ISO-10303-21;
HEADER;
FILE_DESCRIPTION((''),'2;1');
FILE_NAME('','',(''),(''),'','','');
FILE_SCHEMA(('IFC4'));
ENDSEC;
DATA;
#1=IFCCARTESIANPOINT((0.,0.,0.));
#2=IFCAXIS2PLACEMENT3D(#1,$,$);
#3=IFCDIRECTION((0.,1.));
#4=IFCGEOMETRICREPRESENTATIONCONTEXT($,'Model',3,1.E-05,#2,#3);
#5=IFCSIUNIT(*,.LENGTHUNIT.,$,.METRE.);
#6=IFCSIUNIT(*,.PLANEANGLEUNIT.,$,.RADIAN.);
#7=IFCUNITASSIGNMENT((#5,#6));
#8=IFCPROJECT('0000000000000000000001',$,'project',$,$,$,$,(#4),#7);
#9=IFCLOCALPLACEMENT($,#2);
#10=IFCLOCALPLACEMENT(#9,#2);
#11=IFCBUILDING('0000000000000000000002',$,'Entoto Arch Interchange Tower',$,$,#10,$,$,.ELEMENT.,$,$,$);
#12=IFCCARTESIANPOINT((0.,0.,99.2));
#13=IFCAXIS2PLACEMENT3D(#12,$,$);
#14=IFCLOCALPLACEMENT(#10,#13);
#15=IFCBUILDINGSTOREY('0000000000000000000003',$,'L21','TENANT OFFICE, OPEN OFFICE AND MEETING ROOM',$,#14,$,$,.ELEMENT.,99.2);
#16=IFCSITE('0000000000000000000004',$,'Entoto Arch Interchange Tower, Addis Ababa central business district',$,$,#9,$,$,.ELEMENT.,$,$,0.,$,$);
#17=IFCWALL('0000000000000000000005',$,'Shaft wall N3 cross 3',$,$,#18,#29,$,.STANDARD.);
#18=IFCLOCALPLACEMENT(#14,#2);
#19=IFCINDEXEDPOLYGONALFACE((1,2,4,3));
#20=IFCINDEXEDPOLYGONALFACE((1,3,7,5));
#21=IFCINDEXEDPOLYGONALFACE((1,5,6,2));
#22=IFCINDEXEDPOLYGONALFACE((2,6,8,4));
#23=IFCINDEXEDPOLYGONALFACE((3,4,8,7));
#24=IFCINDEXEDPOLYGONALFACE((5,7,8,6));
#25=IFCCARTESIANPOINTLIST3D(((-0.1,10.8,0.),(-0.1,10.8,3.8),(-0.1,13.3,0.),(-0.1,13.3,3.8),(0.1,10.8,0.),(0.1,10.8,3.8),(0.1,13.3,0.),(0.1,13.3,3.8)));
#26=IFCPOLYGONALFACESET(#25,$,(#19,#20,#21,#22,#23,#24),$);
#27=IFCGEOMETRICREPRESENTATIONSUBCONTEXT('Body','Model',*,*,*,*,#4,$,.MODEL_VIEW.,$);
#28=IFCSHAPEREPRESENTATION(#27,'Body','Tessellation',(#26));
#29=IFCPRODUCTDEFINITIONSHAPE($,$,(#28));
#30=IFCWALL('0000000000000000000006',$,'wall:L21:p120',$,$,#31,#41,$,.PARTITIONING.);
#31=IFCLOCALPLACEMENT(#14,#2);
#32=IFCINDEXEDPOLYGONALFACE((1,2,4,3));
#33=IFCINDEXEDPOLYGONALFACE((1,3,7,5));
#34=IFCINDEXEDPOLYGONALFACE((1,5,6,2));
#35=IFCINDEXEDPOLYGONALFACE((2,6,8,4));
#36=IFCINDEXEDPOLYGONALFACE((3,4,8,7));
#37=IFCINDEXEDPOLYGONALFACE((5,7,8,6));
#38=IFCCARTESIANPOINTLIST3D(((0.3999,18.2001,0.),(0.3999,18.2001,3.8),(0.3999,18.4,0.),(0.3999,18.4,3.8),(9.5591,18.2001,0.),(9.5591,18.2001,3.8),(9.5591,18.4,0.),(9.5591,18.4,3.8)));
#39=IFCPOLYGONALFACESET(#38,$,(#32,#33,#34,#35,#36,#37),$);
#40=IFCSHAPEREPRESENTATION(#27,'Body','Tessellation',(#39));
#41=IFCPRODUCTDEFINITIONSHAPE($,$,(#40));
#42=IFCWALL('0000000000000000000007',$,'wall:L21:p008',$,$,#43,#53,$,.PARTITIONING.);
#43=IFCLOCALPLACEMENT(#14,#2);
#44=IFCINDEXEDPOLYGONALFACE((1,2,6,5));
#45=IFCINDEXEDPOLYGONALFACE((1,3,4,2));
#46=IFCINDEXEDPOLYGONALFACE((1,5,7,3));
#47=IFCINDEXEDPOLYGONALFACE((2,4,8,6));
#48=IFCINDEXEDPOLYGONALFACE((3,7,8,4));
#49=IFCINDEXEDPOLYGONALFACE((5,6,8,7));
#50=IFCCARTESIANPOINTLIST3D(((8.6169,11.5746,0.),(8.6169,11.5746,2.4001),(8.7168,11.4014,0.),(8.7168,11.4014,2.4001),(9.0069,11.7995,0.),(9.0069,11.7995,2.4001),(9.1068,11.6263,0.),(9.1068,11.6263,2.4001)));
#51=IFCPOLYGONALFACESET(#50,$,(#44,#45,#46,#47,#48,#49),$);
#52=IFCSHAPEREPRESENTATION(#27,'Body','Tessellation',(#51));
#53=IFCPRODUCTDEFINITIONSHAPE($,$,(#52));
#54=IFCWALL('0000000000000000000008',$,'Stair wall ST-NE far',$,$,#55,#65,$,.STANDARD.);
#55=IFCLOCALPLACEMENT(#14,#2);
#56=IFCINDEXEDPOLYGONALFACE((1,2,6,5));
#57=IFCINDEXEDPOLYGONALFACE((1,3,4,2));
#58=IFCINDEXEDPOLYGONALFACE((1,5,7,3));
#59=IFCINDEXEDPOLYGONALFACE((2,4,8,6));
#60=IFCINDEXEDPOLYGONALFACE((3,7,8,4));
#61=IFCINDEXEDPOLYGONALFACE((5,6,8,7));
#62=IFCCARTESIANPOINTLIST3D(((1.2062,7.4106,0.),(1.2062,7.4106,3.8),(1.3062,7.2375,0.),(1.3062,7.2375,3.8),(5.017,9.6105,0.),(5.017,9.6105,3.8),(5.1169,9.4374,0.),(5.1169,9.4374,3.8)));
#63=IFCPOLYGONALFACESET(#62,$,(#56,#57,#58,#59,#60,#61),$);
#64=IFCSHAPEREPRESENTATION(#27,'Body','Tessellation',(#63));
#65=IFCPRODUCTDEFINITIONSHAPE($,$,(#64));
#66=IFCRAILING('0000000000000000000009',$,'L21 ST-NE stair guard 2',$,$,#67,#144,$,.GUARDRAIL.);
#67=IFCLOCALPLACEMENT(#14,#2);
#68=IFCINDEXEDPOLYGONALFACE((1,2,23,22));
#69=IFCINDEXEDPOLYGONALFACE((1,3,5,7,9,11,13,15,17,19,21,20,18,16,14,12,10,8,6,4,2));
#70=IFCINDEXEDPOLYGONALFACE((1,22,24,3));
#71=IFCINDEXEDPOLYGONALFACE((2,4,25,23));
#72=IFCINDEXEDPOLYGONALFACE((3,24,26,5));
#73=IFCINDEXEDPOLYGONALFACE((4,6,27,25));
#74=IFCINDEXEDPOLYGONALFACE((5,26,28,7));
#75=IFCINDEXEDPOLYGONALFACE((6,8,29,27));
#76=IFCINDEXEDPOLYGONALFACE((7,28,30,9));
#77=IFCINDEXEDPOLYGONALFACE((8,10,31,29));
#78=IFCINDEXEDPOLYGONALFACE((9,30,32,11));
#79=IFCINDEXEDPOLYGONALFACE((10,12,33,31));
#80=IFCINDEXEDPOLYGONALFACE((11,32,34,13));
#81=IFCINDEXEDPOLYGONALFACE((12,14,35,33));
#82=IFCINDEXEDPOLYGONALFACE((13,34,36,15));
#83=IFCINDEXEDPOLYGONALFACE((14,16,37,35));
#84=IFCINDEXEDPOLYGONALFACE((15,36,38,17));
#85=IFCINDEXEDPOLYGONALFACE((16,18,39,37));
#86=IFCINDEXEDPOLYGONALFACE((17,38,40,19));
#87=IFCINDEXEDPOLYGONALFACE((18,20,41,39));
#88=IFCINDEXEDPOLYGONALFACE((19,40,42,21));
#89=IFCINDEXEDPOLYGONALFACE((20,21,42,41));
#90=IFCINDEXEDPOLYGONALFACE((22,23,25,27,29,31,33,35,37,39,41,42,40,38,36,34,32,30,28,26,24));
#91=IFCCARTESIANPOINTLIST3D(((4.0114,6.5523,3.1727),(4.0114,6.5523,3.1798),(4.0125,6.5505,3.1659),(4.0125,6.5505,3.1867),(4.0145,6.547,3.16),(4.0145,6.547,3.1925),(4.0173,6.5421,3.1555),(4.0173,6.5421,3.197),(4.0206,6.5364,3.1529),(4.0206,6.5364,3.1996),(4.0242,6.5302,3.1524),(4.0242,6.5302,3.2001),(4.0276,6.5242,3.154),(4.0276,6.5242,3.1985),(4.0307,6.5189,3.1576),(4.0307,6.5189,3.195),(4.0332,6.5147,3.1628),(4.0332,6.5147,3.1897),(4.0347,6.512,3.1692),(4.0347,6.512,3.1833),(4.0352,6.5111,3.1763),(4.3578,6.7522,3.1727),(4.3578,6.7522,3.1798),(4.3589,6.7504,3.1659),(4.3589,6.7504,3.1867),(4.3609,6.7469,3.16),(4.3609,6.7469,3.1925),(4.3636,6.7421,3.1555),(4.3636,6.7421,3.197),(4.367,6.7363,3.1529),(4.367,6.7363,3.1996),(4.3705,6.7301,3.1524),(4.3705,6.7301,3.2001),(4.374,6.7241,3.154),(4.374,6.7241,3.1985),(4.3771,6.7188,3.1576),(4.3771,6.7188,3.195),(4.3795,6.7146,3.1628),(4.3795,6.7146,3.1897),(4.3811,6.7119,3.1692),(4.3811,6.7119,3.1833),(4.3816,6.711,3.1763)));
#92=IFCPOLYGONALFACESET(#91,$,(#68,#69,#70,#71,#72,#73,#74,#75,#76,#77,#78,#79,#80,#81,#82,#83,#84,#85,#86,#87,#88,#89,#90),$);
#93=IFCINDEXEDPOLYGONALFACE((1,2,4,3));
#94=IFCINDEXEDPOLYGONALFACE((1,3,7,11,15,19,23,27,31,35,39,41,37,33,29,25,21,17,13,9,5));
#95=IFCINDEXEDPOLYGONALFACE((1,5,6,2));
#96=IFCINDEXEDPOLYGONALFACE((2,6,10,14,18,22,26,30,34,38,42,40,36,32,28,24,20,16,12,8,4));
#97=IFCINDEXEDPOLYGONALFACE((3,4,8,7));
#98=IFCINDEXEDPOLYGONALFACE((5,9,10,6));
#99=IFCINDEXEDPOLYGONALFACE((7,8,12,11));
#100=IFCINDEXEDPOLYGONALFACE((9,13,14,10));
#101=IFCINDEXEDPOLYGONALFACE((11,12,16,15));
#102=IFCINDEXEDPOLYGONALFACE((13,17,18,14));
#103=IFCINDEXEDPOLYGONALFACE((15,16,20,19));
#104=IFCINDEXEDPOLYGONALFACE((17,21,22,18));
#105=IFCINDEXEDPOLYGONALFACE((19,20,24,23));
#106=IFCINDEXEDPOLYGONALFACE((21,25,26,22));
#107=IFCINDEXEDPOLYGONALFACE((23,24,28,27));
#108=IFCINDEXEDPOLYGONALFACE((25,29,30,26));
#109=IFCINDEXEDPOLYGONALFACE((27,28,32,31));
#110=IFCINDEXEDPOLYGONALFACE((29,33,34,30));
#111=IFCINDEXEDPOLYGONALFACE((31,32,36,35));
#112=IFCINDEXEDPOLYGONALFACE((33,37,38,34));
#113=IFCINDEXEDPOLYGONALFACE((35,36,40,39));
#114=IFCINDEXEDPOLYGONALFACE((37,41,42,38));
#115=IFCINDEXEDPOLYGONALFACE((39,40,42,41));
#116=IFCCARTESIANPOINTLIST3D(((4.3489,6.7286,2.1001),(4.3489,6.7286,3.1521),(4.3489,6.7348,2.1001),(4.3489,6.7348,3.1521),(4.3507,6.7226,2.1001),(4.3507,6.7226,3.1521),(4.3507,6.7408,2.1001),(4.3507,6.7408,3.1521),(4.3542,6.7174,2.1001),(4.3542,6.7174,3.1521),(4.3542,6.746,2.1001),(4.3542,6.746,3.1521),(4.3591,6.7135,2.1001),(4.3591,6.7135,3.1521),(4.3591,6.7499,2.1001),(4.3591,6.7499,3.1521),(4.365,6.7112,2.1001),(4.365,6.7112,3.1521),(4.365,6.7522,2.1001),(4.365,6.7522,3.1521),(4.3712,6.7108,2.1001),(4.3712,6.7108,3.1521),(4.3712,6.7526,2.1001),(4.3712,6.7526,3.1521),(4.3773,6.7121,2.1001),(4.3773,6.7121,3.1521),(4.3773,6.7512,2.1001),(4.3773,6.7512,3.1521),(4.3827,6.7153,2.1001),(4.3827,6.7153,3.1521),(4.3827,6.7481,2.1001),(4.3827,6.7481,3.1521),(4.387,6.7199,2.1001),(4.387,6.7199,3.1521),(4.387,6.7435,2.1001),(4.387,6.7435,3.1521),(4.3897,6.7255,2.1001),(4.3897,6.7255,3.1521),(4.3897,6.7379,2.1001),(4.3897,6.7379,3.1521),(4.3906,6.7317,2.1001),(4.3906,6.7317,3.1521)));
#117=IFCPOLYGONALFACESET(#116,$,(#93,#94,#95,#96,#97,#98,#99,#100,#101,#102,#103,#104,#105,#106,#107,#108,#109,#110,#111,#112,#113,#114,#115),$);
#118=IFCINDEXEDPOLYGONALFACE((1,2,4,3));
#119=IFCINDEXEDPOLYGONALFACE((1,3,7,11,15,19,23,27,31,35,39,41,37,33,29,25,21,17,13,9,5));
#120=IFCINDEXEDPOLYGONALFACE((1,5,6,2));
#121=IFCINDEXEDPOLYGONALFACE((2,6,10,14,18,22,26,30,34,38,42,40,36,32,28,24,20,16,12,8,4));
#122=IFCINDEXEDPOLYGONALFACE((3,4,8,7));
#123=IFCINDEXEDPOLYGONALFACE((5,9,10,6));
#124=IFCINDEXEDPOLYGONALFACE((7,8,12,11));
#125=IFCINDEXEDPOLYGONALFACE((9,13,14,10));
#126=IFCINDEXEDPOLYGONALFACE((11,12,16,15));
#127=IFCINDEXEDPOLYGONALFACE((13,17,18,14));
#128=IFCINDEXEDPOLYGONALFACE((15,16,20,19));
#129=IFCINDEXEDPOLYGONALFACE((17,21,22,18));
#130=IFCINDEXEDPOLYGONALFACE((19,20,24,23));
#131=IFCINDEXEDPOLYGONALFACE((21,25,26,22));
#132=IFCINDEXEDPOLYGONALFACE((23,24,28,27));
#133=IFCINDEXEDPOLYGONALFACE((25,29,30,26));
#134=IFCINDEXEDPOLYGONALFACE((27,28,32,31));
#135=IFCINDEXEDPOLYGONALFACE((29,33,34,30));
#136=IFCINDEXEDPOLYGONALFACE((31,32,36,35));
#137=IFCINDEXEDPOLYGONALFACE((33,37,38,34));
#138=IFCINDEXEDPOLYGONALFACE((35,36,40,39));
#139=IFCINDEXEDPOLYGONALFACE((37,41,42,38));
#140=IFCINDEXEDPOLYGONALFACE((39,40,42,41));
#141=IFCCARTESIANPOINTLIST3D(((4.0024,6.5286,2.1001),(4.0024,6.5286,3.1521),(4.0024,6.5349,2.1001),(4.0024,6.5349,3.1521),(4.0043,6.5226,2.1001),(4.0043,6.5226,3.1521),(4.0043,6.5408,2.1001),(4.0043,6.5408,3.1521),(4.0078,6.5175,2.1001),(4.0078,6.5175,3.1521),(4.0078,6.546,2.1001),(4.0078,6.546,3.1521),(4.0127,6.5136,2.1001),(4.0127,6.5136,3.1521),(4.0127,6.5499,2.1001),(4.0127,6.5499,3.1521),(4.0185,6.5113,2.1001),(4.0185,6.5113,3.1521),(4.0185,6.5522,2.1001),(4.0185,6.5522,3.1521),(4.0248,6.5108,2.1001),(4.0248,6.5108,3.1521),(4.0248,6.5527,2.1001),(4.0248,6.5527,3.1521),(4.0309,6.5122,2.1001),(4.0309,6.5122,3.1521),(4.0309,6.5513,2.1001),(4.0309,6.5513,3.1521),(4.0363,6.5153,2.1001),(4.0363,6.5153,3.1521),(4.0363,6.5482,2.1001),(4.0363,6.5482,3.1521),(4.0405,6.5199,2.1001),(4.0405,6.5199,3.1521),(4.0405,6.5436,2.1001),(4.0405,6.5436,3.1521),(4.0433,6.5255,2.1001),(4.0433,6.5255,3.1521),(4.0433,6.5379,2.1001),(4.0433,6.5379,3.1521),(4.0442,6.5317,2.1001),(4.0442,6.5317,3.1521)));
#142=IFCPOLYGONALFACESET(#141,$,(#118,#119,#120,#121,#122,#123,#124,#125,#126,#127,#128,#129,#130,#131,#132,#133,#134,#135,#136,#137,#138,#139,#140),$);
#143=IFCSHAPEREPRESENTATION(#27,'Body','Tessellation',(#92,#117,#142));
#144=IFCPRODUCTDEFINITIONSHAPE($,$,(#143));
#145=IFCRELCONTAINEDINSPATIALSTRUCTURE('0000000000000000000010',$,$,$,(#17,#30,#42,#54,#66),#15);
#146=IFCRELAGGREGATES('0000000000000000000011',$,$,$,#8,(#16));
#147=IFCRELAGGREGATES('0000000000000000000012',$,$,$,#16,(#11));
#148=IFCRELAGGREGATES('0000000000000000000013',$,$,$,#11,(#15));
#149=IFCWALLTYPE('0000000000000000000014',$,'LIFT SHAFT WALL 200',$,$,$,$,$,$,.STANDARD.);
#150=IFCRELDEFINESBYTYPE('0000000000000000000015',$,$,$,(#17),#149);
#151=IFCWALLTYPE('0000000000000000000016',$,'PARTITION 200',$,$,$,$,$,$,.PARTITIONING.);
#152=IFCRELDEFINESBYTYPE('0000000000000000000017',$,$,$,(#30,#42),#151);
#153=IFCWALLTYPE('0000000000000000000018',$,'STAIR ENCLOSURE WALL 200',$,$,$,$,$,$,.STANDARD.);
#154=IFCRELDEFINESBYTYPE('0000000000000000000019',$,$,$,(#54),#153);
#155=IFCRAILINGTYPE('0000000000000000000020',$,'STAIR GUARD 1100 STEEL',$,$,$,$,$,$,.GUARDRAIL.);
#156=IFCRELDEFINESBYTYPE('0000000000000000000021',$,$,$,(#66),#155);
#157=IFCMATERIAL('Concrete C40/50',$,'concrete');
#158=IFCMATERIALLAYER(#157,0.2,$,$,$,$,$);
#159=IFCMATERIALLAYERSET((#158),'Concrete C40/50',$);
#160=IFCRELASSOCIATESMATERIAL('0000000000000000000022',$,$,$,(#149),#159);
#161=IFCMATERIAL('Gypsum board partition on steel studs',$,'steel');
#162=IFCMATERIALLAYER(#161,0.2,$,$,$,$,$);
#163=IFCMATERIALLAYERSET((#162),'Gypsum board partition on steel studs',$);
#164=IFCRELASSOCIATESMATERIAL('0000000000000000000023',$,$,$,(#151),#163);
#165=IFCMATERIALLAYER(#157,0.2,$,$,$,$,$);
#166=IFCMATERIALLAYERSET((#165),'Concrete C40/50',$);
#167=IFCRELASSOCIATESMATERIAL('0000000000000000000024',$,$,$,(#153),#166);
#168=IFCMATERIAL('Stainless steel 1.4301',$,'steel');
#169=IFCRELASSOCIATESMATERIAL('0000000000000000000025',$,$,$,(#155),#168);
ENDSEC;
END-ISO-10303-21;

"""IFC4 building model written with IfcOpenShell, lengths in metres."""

from ifc_helpers import new_model, si_unit, direction, frame, frame_2d, origin, origin_2d, place, context, subcontext, project, spatial, rectangle, circle, extrude, material, layer, layer_set, type_object, element, save


model = new_model("IFC4")

# Units and contexts
model_context = context("Model", 3, precision=1e-05, world=origin(), true_north=direction((0.0, 1.0)))
body_context = subcontext(model_context, "Body", "Model", "MODEL_VIEW")
ifc_project = project(units=[si_unit("LENGTHUNIT", "METRE"), si_unit("PLANEANGLEUNIT", "RADIAN")], contexts=[model_context])

# Site, building, storey
site_placement = place(None, origin())
site = spatial("IfcSite", under=ifc_project, at=site_placement, Name="Entoto Arch Interchange Tower, Addis Ababa central business district", CompositionType="ELEMENT", RefElevation=0.0)
building_placement = place(site_placement, origin())
building = spatial("IfcBuilding", under=site, at=building_placement, Name="Entoto Arch Interchange Tower", CompositionType="ELEMENT")
storey_placement = place(building_placement, frame((0.0, 0.0, 99.2)))
storey = spatial("IfcBuildingStorey", under=building, at=storey_placement, Name="L21", Description="TENANT OFFICE, OPEN OFFICE AND MEETING ROOM", CompositionType="ELEMENT", Elevation=99.2)

# Shared definitions
ifc_material_1 = material(Name="Concrete C40/50", Category="concrete")

# Walls
ifc_layer_1 = layer(ifc_material_1, 0.2)
ifc_layer_set_1 = layer_set([ifc_layer_1], Name="Concrete C40/50")
wall_type_1 = type_object("IfcWallType", Name="LIFT SHAFT WALL 200", PredefinedType="STANDARD", material=ifc_layer_set_1)
for number, where, z_axis, x_axis, name in (
    (1, (0.0, 10.8, 0.0), (0.0, 0.0, 1.0), (0.0, 1.0, 0.0), "Shaft wall N3 cross 3"),
):
    element("IfcWall", number, at=place(storey_placement, frame(where, z_axis=z_axis, x_axis=x_axis)), inside=storey, type_object=wall_type_1, Name=name, PredefinedType="STANDARD", context=body_context, shape_type="SweptSolid", body=[
        extrude(rectangle(XDim=2.5, YDim=0.2, at=frame_2d((1.25, 0.0))), origin(), (0.0, 0.0, 1.0), 3.8),
    ])
ifc_material_2 = material(Name="Gypsum board partition on steel studs", Category="steel")
ifc_layer_2 = layer(ifc_material_2, 0.2)
ifc_layer_set_2 = layer_set([ifc_layer_2], Name="Gypsum board partition on steel studs")
wall_type_2 = type_object("IfcWallType", Name="PARTITION 200", PredefinedType="PARTITIONING", material=ifc_layer_set_2)
wall_1_placement = place(storey_placement, frame((0.3999, 18.3, 0.0), z_axis=(0.0, 0.0, 1.0), x_axis=(1.0, 0.0, 0.0)))
element("IfcWall", 2, at=wall_1_placement, inside=storey, type_object=wall_type_2, Name="wall:L21:p120", PredefinedType="PARTITIONING", context=body_context, shape_type="SweptSolid", body=[
    extrude(rectangle(XDim=9.1592, YDim=0.2, at=frame_2d((4.5796, 0.0))), origin(), (0.0, 0.0, 1.0), 3.8),
])
wall_2_placement = place(storey_placement, frame((9.0569, 11.7129, 0.0), z_axis=(0.0, 0.0, 1.0), x_axis=(-0.866267, -0.499582, 0.0)))
element("IfcWall", 3, at=wall_2_placement, inside=storey, type_object=wall_type_2, Name="wall:L21:p008", PredefinedType="PARTITIONING", context=body_context, shape_type="SweptSolid", body=[
    extrude(rectangle(XDim=0.4502, YDim=0.2, at=frame_2d((0.2251, 0.0))), origin(), (0.0, 0.0, 1.0), 2.4001),
])
ifc_layer_3 = layer(ifc_material_1, 0.2)
ifc_layer_set_3 = layer_set([ifc_layer_3], Name="Concrete C40/50")
wall_type_3 = type_object("IfcWallType", Name="STAIR ENCLOSURE WALL 200", PredefinedType="STANDARD", material=ifc_layer_set_3)
wall_3_placement = place(storey_placement, frame((1.2561, 7.324, 0.0), z_axis=(0.0, 0.0, 1.0), x_axis=(0.866046, 0.499964, 0.0)))
element("IfcWall", 4, at=wall_3_placement, inside=storey, type_object=wall_type_3, Name="Stair wall ST-NE far", PredefinedType="STANDARD", context=body_context, shape_type="SweptSolid", body=[
    extrude(rectangle(XDim=4.4001, YDim=0.2, at=frame_2d((2.2002, 0.0))), origin(), (0.0, 0.0, 1.0), 3.8),
])

# Railing
ifc_material_3 = material(Name="Stainless steel 1.4301", Category="steel")
railing_type = type_object("IfcRailingType", Name="STAIR GUARD 1100 STEEL", PredefinedType="GUARDRAIL", material=ifc_material_3)
railing_placement = place(storey_placement, frame((4.3696, 6.7317, 2.1001)))
element("IfcRailing", 5, at=railing_placement, inside=storey, type_object=railing_type, Name="L21 ST-NE stair guard 2", PredefinedType="GUARDRAIL", context=body_context, shape_type="SweptSolid", body=[
    extrude(circle(Radius=0.0239, at=origin_2d()), frame((0.0, 0.0, 1.0762), z_axis=(-0.866094, -0.499881, 0.0), x_axis=(0.499881, -0.866094, 0.0)), (0.0, 0.0, 1.0), 0.3999),
    extrude(circle(Radius=0.021, at=origin_2d()), origin(), (0.0, 0.0, 1.0), 1.052),
    extrude(circle(Radius=0.021, at=origin_2d()), frame((-0.3464, -0.2, 0.0)), (0.0, 0.0, 1.0), 1.052),
])

save(model, "model.ifc")
